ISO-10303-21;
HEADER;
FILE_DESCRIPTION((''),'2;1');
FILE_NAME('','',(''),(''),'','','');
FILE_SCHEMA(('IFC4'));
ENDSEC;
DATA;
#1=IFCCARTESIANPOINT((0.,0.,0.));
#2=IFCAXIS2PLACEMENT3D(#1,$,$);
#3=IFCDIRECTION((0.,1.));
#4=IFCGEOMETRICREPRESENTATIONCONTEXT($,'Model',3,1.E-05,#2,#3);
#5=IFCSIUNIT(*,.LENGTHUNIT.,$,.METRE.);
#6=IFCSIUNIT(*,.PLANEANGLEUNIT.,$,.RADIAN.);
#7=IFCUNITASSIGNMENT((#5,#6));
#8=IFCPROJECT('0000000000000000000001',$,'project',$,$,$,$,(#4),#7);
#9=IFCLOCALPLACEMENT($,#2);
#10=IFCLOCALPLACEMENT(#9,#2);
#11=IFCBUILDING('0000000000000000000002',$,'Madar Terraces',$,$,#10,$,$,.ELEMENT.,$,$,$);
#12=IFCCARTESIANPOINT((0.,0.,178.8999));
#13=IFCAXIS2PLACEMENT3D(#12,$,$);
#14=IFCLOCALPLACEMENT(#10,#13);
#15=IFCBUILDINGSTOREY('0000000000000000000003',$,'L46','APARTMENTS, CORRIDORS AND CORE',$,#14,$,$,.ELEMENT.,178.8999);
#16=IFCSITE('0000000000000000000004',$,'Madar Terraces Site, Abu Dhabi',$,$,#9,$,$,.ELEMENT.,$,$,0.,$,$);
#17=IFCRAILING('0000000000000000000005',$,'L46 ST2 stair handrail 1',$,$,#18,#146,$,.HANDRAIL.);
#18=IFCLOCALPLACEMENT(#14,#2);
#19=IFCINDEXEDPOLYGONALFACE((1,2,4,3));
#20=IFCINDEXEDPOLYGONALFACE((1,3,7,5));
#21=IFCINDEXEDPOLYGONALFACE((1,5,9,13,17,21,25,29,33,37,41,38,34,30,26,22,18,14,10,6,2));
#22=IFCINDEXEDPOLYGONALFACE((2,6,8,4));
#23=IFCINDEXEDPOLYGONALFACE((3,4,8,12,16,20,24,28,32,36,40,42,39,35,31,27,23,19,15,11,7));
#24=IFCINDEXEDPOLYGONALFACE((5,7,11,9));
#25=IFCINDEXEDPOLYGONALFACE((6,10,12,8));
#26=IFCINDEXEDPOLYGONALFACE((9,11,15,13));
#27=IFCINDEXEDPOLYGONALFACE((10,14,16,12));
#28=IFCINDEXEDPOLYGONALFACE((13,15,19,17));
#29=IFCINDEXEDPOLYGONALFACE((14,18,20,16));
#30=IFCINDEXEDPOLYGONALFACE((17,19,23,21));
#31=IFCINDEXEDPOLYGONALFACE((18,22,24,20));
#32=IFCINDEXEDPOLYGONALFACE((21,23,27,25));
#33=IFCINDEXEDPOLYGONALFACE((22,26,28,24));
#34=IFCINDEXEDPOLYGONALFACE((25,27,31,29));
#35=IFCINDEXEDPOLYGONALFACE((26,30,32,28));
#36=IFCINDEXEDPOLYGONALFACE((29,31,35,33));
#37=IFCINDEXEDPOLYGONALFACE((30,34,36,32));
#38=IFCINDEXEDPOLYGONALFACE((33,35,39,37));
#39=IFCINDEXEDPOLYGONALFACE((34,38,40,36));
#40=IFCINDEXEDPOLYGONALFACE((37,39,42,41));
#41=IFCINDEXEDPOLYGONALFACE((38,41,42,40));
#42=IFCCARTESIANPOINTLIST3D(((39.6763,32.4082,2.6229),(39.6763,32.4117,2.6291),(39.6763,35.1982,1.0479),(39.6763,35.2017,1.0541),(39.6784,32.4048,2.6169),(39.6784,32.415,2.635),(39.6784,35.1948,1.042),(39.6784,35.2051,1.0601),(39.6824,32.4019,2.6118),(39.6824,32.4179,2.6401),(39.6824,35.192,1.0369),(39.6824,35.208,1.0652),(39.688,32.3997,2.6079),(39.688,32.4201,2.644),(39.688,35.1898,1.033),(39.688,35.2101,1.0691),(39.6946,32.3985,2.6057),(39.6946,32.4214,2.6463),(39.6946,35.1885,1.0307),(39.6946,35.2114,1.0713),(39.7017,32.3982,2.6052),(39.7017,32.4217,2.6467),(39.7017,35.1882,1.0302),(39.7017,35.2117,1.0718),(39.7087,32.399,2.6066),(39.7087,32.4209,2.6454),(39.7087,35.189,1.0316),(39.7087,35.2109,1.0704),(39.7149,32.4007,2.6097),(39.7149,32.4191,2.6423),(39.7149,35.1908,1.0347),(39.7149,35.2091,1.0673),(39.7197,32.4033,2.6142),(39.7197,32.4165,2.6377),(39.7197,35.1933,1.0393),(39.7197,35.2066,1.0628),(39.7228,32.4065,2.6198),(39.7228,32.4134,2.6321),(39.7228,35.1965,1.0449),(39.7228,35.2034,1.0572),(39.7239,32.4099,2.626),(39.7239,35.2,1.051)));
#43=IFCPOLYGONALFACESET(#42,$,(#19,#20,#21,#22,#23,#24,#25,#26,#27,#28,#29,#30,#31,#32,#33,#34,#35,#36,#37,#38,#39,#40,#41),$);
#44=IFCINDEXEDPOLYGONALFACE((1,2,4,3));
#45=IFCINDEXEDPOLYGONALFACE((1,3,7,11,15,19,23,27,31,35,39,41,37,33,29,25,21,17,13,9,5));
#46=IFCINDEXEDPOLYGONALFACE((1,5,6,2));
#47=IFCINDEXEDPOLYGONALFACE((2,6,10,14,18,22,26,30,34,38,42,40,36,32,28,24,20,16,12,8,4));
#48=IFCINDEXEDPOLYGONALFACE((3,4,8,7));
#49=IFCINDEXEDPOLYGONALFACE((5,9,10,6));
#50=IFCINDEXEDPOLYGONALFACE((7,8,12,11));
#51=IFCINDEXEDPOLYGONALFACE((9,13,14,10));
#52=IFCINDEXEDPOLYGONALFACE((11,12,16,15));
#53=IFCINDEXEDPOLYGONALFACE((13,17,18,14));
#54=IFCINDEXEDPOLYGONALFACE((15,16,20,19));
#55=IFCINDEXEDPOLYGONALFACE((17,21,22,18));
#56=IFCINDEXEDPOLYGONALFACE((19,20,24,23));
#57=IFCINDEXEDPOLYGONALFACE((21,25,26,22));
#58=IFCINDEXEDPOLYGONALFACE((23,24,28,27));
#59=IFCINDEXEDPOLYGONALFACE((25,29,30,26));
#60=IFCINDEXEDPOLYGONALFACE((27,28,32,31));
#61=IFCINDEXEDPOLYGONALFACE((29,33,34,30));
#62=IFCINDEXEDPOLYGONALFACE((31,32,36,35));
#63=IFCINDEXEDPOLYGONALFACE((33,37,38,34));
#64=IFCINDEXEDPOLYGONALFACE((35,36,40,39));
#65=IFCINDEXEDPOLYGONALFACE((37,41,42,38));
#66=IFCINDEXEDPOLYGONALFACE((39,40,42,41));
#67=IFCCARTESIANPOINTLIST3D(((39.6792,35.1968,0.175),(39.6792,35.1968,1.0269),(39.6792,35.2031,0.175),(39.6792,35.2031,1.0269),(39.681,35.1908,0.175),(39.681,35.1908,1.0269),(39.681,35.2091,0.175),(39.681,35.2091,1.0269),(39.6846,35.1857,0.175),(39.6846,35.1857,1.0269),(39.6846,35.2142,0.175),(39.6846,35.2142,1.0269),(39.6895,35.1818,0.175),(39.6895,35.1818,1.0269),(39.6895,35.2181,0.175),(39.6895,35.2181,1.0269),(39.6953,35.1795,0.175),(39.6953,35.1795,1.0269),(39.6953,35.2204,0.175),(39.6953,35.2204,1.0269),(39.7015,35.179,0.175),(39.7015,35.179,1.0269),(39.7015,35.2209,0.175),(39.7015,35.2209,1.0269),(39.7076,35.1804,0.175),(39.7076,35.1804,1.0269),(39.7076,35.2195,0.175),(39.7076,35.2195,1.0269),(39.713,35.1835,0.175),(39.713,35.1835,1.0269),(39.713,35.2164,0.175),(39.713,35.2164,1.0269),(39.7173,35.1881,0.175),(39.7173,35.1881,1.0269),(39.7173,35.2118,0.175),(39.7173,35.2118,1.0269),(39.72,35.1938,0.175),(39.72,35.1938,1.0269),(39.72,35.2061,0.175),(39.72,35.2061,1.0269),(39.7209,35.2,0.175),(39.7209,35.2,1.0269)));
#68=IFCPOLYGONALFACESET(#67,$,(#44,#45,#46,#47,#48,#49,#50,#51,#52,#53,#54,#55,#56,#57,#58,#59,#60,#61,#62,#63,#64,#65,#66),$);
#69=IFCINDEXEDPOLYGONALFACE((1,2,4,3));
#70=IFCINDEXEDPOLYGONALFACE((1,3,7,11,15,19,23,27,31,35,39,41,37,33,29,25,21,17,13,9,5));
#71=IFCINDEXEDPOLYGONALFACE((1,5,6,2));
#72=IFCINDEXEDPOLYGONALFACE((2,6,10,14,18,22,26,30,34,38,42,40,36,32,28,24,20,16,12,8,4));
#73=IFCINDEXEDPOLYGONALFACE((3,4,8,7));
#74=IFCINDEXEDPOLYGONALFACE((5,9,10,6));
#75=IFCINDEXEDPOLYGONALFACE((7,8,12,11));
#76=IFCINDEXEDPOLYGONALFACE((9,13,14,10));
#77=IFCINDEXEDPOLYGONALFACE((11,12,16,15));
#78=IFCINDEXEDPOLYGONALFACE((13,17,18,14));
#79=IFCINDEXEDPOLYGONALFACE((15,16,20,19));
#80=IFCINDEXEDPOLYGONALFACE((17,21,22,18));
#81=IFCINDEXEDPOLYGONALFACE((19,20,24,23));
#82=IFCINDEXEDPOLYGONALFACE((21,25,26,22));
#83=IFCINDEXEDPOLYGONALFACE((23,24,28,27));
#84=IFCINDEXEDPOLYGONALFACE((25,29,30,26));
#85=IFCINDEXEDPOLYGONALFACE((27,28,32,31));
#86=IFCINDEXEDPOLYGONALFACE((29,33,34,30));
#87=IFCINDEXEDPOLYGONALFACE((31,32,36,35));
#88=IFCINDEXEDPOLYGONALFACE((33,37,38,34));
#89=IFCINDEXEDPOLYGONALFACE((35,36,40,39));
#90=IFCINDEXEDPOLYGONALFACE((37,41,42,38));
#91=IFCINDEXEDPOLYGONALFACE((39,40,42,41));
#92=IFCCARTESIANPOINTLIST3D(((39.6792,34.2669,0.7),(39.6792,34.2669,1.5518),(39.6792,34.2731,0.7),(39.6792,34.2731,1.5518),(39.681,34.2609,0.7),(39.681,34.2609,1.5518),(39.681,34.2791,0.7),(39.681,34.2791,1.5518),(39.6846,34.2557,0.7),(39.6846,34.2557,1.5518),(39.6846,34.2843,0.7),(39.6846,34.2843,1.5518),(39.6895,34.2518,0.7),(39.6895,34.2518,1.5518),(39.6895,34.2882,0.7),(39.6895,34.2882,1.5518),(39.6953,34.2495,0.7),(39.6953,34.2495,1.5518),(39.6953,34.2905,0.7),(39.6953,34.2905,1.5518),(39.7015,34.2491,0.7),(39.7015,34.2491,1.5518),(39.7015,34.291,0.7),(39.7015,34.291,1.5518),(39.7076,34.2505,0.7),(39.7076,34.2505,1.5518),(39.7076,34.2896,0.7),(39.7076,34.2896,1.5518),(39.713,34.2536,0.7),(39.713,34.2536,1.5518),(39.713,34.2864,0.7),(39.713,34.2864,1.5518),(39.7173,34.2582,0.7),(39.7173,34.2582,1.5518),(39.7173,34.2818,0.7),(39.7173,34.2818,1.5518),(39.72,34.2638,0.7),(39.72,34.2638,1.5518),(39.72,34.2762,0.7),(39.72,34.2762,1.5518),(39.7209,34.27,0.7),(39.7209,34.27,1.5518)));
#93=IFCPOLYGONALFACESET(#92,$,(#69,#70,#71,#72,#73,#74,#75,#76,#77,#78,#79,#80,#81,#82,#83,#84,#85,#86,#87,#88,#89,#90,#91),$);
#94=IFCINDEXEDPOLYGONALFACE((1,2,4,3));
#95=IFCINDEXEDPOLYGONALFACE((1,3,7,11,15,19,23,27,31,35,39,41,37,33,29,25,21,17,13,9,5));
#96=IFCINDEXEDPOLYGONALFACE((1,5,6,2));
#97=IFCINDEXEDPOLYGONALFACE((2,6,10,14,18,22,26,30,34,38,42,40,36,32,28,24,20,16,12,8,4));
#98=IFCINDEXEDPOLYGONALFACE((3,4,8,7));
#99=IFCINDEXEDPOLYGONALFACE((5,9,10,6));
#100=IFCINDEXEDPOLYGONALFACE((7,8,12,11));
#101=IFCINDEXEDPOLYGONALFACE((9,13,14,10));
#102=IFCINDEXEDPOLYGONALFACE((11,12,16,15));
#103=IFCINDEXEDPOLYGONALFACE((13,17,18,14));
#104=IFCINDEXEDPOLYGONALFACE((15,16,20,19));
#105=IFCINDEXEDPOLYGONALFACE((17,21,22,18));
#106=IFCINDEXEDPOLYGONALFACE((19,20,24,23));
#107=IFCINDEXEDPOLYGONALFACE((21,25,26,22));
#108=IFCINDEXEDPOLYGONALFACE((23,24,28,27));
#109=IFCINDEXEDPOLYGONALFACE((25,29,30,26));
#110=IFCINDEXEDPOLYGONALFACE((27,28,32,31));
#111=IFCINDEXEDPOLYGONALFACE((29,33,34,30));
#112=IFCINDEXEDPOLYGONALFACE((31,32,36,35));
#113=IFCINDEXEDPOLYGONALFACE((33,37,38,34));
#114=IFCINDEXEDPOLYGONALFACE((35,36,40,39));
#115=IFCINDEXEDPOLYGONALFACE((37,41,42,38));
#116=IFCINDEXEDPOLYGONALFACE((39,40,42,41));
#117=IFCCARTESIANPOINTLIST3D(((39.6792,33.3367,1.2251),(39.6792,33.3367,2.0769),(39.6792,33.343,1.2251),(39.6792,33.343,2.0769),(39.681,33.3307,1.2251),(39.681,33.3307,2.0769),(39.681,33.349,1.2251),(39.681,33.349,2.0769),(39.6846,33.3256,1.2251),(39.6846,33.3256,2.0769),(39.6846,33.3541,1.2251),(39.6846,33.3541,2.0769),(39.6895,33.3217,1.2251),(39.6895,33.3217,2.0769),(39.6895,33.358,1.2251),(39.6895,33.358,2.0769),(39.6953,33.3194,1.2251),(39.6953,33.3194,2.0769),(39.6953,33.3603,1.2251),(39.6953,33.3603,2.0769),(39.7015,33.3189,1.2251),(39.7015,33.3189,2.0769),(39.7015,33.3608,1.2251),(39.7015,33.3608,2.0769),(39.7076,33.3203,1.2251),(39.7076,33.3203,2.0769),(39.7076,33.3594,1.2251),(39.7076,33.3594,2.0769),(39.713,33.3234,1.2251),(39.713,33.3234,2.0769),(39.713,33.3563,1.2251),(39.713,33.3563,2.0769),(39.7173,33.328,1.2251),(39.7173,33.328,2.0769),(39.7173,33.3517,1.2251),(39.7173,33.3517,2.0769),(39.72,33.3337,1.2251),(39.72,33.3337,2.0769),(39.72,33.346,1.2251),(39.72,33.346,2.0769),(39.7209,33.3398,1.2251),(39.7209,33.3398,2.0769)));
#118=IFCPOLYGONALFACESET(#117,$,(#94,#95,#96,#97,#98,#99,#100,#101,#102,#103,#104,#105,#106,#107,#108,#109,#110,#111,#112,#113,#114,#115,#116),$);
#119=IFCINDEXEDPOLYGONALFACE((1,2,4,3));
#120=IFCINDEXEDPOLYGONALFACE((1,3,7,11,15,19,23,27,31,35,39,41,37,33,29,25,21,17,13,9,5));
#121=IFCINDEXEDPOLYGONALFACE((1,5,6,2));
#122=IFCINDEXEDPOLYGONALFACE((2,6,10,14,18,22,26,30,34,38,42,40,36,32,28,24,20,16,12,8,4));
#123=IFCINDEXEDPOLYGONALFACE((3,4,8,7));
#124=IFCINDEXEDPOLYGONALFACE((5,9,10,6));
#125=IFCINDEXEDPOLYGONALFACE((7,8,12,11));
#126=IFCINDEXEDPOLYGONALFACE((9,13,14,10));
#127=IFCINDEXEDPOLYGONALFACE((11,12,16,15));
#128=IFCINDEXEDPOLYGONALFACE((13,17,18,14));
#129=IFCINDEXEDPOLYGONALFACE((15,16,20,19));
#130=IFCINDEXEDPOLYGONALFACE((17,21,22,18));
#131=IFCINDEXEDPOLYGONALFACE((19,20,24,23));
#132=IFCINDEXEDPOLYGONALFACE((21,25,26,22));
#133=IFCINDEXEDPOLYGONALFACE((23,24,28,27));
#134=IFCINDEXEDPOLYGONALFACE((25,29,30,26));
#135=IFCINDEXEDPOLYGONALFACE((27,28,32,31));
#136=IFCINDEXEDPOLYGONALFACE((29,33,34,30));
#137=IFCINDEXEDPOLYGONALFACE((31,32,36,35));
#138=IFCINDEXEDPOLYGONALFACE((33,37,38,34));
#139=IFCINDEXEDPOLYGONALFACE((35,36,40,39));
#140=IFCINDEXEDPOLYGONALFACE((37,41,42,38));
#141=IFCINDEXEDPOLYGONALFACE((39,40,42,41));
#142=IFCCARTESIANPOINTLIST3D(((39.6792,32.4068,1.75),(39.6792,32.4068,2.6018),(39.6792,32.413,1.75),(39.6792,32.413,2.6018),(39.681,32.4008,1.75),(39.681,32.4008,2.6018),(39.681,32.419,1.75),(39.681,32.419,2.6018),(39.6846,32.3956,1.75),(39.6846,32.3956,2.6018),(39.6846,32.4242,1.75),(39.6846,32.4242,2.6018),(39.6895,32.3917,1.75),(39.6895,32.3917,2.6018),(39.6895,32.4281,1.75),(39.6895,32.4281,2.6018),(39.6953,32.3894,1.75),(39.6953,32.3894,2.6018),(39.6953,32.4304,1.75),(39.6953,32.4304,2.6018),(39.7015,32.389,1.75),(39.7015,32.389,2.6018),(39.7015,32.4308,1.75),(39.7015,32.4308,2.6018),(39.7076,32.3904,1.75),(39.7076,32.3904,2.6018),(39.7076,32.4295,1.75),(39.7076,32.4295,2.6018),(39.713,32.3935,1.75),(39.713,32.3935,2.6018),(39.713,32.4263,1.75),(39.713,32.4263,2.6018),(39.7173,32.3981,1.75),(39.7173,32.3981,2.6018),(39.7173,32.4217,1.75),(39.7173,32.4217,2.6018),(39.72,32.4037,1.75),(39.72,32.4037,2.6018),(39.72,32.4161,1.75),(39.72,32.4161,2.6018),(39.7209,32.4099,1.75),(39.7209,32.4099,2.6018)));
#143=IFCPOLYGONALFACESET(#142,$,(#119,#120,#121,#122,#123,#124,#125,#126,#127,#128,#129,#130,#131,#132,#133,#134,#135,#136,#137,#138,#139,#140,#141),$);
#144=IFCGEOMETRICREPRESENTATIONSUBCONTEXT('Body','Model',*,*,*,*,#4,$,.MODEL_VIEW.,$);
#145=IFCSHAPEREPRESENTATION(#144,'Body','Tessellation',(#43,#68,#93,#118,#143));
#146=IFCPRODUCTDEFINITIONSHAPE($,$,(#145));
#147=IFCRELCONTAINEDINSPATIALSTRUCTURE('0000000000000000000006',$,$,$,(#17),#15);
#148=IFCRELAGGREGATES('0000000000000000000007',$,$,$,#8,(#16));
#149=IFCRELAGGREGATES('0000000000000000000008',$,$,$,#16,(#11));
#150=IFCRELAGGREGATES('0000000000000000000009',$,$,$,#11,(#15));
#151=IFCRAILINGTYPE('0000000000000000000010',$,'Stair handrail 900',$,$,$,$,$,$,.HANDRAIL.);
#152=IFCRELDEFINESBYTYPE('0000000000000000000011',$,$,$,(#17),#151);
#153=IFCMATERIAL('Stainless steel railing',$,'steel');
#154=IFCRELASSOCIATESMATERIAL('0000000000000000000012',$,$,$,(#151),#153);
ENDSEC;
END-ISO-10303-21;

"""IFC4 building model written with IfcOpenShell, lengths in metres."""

from ifc_helpers import new_model, si_unit, direction, frame, origin, origin_2d, place, context, subcontext, project, spatial, circle, extrude, material, type_object, element, save


model = new_model("IFC4")

# Units and contexts
model_context = context("Model", 3, precision=1e-05, world=origin(), true_north=direction((0.0, 1.0)))
body_context = subcontext(model_context, "Body", "Model", "MODEL_VIEW")
ifc_project = project(units=[si_unit("LENGTHUNIT", "METRE"), si_unit("PLANEANGLEUNIT", "RADIAN")], contexts=[model_context])

# Site, building, storey
site_placement = place(None, origin())
site = spatial("IfcSite", under=ifc_project, at=site_placement, Name="Madar Terraces Site, Abu Dhabi", CompositionType="ELEMENT", RefElevation=0.0)
building_placement = place(site_placement, origin())
building = spatial("IfcBuilding", under=site, at=building_placement, Name="Madar Terraces", CompositionType="ELEMENT")
storey_placement = place(building_placement, frame((0.0, 0.0, 178.8999)))
storey = spatial("IfcBuildingStorey", under=building, at=storey_placement, Name="L46", Description="APARTMENTS, CORRIDORS AND CORE", CompositionType="ELEMENT", Elevation=178.8999)

# Railing
ifc_material_1 = material(Name="Stainless steel railing", Category="steel")
railing_type_1 = type_object("IfcRailingType", Name="Stair handrail 900", PredefinedType="HANDRAIL", material=ifc_material_1)
railing_1_placement = place(storey_placement, frame((39.7, 35.2, 0.175)))
element("IfcRailing", 1, at=railing_1_placement, inside=storey, type_object=railing_type_1, Name="L46 ST2 stair handrail 1", PredefinedType="HANDRAIL", context=body_context, shape_type="SweptSolid", body=[
    extrude(circle(Radius=0.0239, at=origin_2d()), frame((0.0, 0.0, 0.876), z_axis=(0.0, -0.870834, 0.491578), x_axis=(1.0, 0.0, 0.0)), (0.0, 0.0, 1.0), 3.2039),
    extrude(circle(Radius=0.021, at=origin_2d()), origin(), (0.0, 0.0, 1.0), 0.8518),
    extrude(circle(Radius=0.021, at=origin_2d()), frame((0.0, -0.9299, 0.5249)), (0.0, 0.0, 1.0), 0.8518),
    extrude(circle(Radius=0.021, at=origin_2d()), frame((0.0, -1.8601, 1.05)), (0.0, 0.0, 1.0), 0.8518),
    extrude(circle(Radius=0.021, at=origin_2d()), frame((0.0, -2.79, 1.575)), (0.0, 0.0, 1.0), 0.8518),
])

save(model, "model.ifc")
